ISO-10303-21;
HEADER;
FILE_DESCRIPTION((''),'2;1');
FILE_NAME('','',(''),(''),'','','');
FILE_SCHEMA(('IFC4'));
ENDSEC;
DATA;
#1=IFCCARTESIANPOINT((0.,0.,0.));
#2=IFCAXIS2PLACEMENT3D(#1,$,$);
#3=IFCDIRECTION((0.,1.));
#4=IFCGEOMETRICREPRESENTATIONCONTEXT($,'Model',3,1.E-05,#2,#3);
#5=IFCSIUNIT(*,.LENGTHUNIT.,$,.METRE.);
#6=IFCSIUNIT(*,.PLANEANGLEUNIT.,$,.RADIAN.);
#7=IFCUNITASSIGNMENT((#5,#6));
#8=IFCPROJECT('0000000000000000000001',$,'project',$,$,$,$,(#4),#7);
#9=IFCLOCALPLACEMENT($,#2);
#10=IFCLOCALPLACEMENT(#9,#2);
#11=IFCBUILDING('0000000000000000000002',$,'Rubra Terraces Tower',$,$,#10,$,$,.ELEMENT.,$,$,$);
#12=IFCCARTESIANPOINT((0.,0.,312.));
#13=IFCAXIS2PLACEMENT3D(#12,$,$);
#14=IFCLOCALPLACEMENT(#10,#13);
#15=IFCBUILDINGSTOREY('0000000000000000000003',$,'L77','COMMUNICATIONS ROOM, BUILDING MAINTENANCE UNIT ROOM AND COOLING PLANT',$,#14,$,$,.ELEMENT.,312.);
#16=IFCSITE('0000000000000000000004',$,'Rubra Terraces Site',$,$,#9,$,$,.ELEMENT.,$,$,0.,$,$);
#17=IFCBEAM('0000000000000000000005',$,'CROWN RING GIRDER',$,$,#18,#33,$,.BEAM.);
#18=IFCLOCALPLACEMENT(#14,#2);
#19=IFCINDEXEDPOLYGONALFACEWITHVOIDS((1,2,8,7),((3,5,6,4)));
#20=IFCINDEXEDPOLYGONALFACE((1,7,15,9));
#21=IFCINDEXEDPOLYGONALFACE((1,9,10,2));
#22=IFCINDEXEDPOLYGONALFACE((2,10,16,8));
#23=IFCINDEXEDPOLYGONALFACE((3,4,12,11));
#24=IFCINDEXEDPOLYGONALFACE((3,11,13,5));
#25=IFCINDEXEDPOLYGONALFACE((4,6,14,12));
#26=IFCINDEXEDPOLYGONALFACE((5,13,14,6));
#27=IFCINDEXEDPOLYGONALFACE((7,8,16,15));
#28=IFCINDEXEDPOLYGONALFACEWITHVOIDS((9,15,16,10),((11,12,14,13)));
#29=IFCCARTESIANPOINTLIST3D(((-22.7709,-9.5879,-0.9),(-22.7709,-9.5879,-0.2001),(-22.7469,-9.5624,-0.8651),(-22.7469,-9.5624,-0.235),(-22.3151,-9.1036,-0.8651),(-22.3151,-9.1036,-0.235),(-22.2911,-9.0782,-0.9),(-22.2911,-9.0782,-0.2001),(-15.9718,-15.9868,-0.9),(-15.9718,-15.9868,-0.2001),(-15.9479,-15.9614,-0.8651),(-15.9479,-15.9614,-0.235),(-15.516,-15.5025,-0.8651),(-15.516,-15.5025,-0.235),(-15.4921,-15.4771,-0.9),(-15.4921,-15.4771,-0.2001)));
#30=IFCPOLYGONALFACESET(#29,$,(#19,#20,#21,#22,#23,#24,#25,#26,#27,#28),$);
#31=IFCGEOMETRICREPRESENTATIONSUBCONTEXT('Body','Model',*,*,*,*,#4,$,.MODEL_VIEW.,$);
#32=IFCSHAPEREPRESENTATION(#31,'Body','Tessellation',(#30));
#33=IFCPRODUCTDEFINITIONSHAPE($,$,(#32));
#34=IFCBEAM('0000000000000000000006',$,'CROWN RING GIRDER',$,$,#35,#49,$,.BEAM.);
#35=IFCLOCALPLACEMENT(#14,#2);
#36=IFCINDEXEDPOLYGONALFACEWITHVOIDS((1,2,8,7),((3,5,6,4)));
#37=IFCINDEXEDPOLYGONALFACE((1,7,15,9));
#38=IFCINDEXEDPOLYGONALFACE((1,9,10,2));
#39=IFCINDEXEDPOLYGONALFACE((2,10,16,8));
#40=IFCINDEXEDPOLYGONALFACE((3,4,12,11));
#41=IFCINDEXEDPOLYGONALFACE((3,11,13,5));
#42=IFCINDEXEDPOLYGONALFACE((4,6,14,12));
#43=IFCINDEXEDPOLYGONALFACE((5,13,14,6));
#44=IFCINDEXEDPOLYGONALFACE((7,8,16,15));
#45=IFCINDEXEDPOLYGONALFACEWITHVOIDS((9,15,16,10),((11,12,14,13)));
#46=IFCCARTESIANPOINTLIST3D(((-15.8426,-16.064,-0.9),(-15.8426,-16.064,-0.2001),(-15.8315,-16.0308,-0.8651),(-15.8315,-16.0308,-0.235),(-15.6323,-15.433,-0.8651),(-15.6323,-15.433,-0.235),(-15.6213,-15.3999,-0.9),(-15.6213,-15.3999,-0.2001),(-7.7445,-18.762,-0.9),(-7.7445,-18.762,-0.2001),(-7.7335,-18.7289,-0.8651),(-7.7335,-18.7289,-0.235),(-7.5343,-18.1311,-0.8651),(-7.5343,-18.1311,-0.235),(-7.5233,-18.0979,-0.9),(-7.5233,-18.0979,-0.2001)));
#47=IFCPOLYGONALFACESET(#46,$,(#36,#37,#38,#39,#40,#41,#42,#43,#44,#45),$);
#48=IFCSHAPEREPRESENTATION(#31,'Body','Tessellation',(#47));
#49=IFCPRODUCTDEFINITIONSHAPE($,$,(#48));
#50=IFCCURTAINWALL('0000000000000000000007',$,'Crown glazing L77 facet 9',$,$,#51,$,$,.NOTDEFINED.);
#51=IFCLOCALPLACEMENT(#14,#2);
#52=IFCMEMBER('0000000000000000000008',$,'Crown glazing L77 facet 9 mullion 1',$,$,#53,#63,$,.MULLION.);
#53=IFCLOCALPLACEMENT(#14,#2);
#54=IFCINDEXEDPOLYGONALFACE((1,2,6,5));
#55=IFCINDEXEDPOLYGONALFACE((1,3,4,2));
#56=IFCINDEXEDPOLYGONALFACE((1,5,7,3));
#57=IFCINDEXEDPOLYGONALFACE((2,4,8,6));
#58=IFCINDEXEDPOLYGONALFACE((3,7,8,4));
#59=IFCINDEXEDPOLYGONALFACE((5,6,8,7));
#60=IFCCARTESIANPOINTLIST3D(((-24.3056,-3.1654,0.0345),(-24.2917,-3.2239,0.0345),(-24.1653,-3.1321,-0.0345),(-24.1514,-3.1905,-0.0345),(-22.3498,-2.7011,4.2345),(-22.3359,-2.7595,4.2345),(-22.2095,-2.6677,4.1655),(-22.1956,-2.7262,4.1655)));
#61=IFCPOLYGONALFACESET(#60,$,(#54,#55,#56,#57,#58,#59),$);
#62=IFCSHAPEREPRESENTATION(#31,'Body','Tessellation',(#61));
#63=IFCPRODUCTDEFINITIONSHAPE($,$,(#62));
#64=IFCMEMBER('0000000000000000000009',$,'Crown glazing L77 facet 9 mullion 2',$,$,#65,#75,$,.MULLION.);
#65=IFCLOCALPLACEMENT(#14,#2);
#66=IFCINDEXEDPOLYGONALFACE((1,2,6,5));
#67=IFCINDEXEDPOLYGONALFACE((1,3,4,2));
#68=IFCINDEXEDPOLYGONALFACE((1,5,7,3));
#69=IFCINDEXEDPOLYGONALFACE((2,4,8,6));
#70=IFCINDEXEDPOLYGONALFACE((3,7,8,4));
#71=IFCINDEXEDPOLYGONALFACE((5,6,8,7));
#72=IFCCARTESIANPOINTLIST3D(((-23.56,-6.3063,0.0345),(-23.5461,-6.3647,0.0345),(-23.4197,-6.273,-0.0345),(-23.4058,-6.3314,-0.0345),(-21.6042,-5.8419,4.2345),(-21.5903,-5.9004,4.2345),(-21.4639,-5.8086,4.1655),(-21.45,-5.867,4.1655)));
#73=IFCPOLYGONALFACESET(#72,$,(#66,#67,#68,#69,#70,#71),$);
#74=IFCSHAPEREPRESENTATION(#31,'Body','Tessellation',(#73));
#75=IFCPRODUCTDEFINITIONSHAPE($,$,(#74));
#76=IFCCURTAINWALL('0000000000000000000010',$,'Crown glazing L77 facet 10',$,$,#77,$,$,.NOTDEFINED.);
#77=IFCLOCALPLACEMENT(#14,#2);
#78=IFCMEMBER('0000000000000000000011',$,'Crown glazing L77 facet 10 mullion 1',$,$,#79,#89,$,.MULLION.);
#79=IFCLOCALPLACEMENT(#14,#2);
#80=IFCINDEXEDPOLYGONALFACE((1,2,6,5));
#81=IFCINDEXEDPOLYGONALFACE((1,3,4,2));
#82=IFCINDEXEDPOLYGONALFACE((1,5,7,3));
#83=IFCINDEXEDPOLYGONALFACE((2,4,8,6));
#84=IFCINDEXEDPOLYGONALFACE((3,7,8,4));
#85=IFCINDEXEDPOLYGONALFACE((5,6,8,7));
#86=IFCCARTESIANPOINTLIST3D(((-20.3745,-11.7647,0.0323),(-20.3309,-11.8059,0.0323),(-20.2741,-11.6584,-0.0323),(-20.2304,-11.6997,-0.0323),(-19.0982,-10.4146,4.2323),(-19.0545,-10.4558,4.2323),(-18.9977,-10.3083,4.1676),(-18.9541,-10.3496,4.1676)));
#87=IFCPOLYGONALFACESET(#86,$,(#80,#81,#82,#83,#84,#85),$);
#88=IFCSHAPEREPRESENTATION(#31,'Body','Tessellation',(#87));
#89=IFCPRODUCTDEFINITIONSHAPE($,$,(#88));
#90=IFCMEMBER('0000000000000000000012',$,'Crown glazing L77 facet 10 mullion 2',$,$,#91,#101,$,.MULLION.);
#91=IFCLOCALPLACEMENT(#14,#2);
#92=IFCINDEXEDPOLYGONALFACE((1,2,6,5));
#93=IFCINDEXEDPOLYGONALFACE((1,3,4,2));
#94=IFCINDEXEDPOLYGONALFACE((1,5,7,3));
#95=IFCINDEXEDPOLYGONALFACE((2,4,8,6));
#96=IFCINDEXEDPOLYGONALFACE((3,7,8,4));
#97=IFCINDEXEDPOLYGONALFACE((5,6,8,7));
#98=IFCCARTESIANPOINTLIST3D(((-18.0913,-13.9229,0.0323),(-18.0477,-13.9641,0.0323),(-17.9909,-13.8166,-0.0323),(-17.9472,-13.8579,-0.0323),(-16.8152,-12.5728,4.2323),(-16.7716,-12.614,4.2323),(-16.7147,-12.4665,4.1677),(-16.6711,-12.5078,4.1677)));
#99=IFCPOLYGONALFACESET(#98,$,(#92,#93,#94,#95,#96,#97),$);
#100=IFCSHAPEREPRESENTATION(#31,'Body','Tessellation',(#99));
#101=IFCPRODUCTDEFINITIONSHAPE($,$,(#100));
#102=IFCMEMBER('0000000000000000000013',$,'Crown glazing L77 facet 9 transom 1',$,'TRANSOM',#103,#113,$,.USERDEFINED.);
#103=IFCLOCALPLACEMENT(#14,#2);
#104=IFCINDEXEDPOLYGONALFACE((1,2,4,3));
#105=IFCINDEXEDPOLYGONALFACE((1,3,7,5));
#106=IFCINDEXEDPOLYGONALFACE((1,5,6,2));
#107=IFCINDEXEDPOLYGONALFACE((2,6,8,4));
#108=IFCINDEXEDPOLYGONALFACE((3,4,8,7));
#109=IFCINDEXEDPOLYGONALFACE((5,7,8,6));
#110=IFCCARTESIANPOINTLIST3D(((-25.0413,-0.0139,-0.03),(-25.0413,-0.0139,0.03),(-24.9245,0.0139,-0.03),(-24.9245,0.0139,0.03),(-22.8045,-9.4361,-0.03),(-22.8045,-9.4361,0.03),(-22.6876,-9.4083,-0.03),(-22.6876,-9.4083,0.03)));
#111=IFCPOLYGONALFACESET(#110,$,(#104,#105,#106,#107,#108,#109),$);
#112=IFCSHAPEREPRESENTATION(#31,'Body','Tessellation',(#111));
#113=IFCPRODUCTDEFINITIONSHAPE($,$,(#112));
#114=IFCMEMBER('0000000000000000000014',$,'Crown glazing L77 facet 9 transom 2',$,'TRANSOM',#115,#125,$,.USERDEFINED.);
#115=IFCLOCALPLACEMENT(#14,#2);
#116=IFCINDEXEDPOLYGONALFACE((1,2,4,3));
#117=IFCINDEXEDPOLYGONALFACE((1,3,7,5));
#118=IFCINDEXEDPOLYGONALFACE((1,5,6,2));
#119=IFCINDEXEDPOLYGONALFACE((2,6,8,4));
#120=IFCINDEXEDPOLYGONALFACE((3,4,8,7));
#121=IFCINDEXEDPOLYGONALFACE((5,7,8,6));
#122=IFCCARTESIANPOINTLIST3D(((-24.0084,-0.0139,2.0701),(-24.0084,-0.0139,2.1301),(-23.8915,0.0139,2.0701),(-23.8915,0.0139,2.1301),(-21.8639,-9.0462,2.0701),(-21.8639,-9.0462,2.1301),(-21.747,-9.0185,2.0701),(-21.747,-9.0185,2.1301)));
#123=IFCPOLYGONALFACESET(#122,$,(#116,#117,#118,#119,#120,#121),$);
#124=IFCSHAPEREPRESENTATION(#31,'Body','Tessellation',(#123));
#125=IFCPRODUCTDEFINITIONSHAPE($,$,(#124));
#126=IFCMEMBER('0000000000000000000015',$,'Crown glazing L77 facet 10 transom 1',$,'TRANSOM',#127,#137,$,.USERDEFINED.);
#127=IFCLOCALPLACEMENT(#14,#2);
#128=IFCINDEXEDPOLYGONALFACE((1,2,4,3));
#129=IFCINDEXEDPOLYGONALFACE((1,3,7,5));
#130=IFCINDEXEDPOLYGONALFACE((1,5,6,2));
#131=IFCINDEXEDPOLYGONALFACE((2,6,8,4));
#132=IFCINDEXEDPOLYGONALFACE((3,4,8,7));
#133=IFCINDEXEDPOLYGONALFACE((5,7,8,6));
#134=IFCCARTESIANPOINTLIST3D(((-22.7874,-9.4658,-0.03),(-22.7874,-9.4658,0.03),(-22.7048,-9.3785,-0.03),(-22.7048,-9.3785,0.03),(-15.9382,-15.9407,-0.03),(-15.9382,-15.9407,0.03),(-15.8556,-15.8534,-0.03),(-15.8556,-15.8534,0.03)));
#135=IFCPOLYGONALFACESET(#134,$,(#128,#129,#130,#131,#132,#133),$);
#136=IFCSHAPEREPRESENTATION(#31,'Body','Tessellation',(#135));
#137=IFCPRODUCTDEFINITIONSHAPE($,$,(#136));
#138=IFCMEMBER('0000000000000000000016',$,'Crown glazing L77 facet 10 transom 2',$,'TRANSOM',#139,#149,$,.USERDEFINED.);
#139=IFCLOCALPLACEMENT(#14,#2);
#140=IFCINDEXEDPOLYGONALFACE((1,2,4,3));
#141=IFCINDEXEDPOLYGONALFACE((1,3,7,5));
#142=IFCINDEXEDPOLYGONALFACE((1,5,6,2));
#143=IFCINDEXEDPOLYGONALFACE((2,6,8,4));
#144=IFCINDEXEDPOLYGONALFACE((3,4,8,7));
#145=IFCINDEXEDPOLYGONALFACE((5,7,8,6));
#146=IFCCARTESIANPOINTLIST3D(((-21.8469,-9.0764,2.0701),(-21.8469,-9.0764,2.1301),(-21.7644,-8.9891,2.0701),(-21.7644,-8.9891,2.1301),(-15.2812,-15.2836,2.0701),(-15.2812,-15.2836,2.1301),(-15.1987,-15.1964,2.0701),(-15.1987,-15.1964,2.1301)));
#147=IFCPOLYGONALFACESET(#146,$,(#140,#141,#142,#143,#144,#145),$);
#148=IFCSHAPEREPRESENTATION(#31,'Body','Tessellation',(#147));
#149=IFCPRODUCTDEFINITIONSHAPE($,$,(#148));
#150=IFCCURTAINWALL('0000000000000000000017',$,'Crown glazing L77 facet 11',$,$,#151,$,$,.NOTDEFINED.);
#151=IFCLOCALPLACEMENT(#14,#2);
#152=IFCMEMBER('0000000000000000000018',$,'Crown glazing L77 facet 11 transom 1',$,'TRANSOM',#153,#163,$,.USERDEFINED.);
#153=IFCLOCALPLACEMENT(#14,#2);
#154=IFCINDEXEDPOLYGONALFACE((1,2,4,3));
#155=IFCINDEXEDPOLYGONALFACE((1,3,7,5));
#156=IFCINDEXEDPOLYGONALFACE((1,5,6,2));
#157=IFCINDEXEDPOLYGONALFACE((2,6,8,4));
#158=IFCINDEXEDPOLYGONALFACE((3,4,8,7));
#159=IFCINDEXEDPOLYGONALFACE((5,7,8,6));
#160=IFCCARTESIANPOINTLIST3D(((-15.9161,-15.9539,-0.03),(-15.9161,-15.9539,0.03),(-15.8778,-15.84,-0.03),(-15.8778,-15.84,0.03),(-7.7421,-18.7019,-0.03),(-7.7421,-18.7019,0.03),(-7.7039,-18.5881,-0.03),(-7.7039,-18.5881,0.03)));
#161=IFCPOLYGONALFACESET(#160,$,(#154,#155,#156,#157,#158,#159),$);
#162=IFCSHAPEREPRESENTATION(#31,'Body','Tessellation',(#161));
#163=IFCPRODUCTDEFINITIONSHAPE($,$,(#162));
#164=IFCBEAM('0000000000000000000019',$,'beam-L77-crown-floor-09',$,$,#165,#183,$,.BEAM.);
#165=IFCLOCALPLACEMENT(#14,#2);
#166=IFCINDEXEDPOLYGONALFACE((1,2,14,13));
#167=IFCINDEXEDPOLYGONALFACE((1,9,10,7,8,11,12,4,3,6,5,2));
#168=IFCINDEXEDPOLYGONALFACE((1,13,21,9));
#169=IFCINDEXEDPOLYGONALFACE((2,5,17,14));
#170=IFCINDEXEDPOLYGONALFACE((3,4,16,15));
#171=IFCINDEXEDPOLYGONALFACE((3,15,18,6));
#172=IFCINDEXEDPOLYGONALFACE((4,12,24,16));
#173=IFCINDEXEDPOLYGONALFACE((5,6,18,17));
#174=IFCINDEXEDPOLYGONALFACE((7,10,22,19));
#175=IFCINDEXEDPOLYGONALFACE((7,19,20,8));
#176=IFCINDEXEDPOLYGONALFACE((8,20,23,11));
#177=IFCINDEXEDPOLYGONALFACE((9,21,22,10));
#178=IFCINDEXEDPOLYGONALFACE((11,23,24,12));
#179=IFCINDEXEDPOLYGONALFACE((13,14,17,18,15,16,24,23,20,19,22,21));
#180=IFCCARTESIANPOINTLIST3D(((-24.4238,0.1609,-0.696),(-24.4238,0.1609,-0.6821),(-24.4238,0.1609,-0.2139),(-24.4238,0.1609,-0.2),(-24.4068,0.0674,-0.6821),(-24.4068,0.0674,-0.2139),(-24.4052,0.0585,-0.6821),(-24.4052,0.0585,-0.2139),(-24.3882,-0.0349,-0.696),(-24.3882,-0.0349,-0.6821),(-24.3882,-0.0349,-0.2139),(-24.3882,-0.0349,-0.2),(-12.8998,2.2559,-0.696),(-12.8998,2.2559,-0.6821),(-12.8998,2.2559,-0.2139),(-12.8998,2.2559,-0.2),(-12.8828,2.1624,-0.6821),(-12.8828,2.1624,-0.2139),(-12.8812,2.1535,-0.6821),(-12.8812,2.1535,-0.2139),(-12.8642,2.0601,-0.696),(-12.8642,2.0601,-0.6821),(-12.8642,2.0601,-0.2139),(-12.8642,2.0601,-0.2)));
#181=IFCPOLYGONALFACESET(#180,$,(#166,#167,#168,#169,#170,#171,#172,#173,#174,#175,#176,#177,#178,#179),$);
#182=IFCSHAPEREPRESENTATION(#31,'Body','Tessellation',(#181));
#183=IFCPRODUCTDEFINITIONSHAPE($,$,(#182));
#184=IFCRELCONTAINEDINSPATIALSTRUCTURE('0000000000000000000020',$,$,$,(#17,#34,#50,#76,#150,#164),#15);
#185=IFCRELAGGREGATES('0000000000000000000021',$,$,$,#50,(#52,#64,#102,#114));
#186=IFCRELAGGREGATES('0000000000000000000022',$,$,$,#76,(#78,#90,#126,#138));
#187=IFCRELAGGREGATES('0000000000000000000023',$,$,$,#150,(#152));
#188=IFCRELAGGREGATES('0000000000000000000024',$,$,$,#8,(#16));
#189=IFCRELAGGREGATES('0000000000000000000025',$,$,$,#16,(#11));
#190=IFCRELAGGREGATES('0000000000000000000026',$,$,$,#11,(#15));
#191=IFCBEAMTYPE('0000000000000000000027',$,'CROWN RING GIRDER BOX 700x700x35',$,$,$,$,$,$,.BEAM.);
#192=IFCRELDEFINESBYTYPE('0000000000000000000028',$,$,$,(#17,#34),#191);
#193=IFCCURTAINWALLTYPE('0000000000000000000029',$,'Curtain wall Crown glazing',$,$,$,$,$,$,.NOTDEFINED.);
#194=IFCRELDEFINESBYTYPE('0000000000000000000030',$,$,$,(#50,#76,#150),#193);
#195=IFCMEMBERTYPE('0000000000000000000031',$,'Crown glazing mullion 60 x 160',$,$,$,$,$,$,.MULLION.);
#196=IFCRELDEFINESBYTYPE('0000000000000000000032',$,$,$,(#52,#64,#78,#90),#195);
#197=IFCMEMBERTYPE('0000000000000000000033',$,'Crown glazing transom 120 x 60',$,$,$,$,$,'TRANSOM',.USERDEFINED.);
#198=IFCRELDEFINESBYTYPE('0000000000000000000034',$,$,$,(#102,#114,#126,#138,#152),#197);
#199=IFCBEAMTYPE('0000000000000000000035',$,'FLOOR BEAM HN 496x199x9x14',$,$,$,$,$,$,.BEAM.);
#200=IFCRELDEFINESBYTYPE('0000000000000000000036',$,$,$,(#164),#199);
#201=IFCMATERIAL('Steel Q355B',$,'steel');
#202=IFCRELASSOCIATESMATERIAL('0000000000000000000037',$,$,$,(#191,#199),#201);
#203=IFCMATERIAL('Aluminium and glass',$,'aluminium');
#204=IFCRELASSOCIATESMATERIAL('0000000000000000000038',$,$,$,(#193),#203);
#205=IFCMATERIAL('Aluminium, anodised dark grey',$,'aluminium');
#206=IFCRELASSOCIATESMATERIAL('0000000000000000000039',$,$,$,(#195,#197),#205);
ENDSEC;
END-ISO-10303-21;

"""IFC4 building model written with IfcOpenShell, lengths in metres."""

from ifc_helpers import new_model, si_unit, direction, frame, origin, origin_2d, place, context, subcontext, project, spatial, rectangle, hollow_rectangle, i_section, extrude, material, material_profile, profile_set, type_object, element, aggregate, save


model = new_model("IFC4")

# Units and contexts
model_context = context("Model", 3, precision=1e-05, world=origin(), true_north=direction((0.0, 1.0)))
body_context = subcontext(model_context, "Body", "Model", "MODEL_VIEW")
ifc_project = project(units=[si_unit("LENGTHUNIT", "METRE"), si_unit("PLANEANGLEUNIT", "RADIAN")], contexts=[model_context])

# Site, building, storey
site_placement = place(None, origin())
site = spatial("IfcSite", under=ifc_project, at=site_placement, Name="Rubra Terraces Site", CompositionType="ELEMENT", RefElevation=0.0)
building_placement = place(site_placement, origin())
building = spatial("IfcBuilding", under=site, at=building_placement, Name="Rubra Terraces Tower", CompositionType="ELEMENT")
storey_placement = place(building_placement, frame((0.0, 0.0, 312.0)))
storey = spatial("IfcBuildingStorey", under=building, at=storey_placement, Name="L77", Description="COMMUNICATIONS ROOM, BUILDING MAINTENANCE UNIT ROOM AND COOLING PLANT", CompositionType="ELEMENT", Elevation=312.0)

# Shared definitions
ifc_material_1 = material(Name="Steel Q355B", Category="steel")

# Beams
ifc_material_profile_1 = material_profile(ifc_material_1, hollow_rectangle(XDim=0.7, YDim=0.7, WallThickness=0.0349, at=origin_2d()), Name="BOX 700x700x35")
ifc_profile_set_1 = profile_set([ifc_material_profile_1], Name="Steel Q355B")
beam_type_1 = type_object("IfcBeamType", Name="CROWN RING GIRDER BOX 700x700x35", PredefinedType="BEAM", material=ifc_profile_set_1)
beam_1_placement = place(storey_placement, frame((-22.531, -9.333, -0.55), z_axis=(0.728211, -0.685353, 0.0), x_axis=(0.685353, 0.728211, 0.0)))
element("IfcBeam", 1, at=beam_1_placement, inside=storey, type_object=beam_type_1, Name="CROWN RING GIRDER", PredefinedType="BEAM", context=body_context, shape_type="SweptSolid", body=[
    extrude(hollow_rectangle(XDim=0.7, YDim=0.7, WallThickness=0.0349, at=origin_2d()), origin(), (0.0, 0.0, 1.0), 9.3367),
])
beam_2_placement = place(storey_placement, frame((-15.7319, -15.7319, -0.55), z_axis=(0.948729, -0.31609, 0.0), x_axis=(0.31609, 0.948729, 0.0)))
element("IfcBeam", 2, at=beam_2_placement, inside=storey, type_object=beam_type_1, Name="CROWN RING GIRDER", PredefinedType="BEAM", context=body_context, shape_type="SweptSolid", body=[
    extrude(hollow_rectangle(XDim=0.7, YDim=0.7, WallThickness=0.0349, at=origin_2d()), origin(), (0.0, 0.0, 1.0), 8.5356),
])

# Curtain walls, members
ifc_material_2 = material(Name="Aluminium and glass", Category="aluminium")
curtain_wall_type = type_object("IfcCurtainWallType", Name="Curtain wall Crown glazing", PredefinedType="NOTDEFINED", material=ifc_material_2)
curtain_wall_1_placement = place(storey_placement, origin())
curtain_wall_1 = element("IfcCurtainWall", 3, at=curtain_wall_1_placement, inside=storey, type_object=curtain_wall_type, Name="Crown glazing L77 facet 9", PredefinedType="NOTDEFINED")
ifc_material_3 = material(Name="Aluminium, anodised dark grey", Category="aluminium")
ifc_material_profile_2 = material_profile(ifc_material_3, rectangle(XDim=0.0601, YDim=0.1599, at=origin_2d()), Name="AL 60x160")
ifc_profile_set_2 = profile_set([ifc_material_profile_2], Name="Aluminium, anodised dark grey")
member_type_1 = type_object("IfcMemberType", Name="Crown glazing mullion 60 x 160", PredefinedType="MULLION", material=ifc_profile_set_2)
member_1_placement = place(storey_placement, frame((-24.2285, -3.178, 0.0), z_axis=(0.420042, 0.099728, 0.902008), x_axis=(-0.231002, 0.972953, 0.0)))
member_1 = element("IfcMember", 4, at=member_1_placement, type_object=member_type_1, Name="Crown glazing L77 facet 9 mullion 1", PredefinedType="MULLION", context=body_context, shape_type="SweptSolid", body=[
    extrude(rectangle(XDim=0.0601, YDim=0.1599, at=origin_2d()), origin(), (0.0, 0.0, 1.0), 4.6562),
])
member_2_placement = place(storey_placement, frame((-23.4829, -6.3188, 0.0), z_axis=(0.420042, 0.099728, 0.902008), x_axis=(-0.231002, 0.972953, 0.0)))
member_2 = element("IfcMember", 5, at=member_2_placement, type_object=member_type_1, Name="Crown glazing L77 facet 9 mullion 2", PredefinedType="MULLION", context=body_context, shape_type="SweptSolid", body=[
    extrude(rectangle(XDim=0.0601, YDim=0.1599, at=origin_2d()), origin(), (0.0, 0.0, 1.0), 4.6562),
])
curtain_wall_2_placement = place(storey_placement, origin())
curtain_wall_2 = element("IfcCurtainWall", 6, at=curtain_wall_2_placement, inside=storey, type_object=curtain_wall_type, Name="Crown glazing L77 facet 10", PredefinedType="NOTDEFINED")
member_3_placement = place(storey_placement, frame((-20.3025, -11.7322, 0.0), z_axis=(0.277922, 0.293976, 0.914515), x_axis=(-0.726671, 0.686986, 0.0)))
member_3 = element("IfcMember", 7, at=member_3_placement, type_object=member_type_1, Name="Crown glazing L77 facet 10 mullion 1", PredefinedType="MULLION", context=body_context, shape_type="SweptSolid", body=[
    extrude(rectangle(XDim=0.0601, YDim=0.1599, at=origin_2d()), origin(), (0.0, 0.0, 1.0), 4.5925),
])
member_4_placement = place(storey_placement, frame((-18.0193, -13.8904, 0.0), z_axis=(0.277873, 0.29398, 0.914529), x_axis=(-0.726736, 0.686917, 0.0)))
member_4 = element("IfcMember", 8, at=member_4_placement, type_object=member_type_1, Name="Crown glazing L77 facet 10 mullion 2", PredefinedType="MULLION", context=body_context, shape_type="SweptSolid", body=[
    extrude(rectangle(XDim=0.0601, YDim=0.1599, at=origin_2d()), origin(), (0.0, 0.0, 1.0), 4.5925),
])

# Members
ifc_material_profile_3 = material_profile(ifc_material_3, rectangle(XDim=0.1201, YDim=0.0601, at=origin_2d()), Name="AL 120x60")
ifc_profile_set_3 = profile_set([ifc_material_profile_3], Name="Aluminium, anodised dark grey")
member_type_2 = type_object("IfcMemberType", Name="Crown glazing transom 120 x 60", ElementType="TRANSOM", PredefinedType="USERDEFINED", material=ifc_profile_set_3)
member_5_placement = place(storey_placement, frame((-24.9829, 0.0, 0.0), z_axis=(0.230981, -0.972958, 0.0), x_axis=(0.972958, 0.230981, 0.0)))
member_5 = element("IfcMember", 9, at=member_5_placement, type_object=member_type_2, Name="Crown glazing L77 facet 9 transom 1", ObjectType="TRANSOM", PredefinedType="USERDEFINED", context=body_context, shape_type="SweptSolid", body=[
    extrude(rectangle(XDim=0.1201, YDim=0.0601, at=origin_2d()), origin(), (0.0, 0.0, 1.0), 9.6841),
])
member_6_placement = place(storey_placement, frame((-23.95, 0.0, 2.1001), z_axis=(0.231003, -0.972953, 0.0), x_axis=(0.972953, 0.231003, 0.0)))
member_6 = element("IfcMember", 10, at=member_6_placement, type_object=member_type_2, Name="Crown glazing L77 facet 9 transom 2", ObjectType="TRANSOM", PredefinedType="USERDEFINED", context=body_context, shape_type="SweptSolid", body=[
    extrude(rectangle(XDim=0.1201, YDim=0.0601, at=origin_2d()), origin(), (0.0, 0.0, 1.0), 9.2834),
])
member_7_placement = place(storey_placement, frame((-22.7461, -9.4221, 0.0), z_axis=(0.726683, -0.686973, 0.0), x_axis=(0.686973, 0.726683, 0.0)))
member_7 = element("IfcMember", 11, at=member_7_placement, type_object=member_type_2, Name="Crown glazing L77 facet 10 transom 1", ObjectType="TRANSOM", PredefinedType="USERDEFINED", context=body_context, shape_type="SweptSolid", body=[
    extrude(rectangle(XDim=0.1201, YDim=0.0601, at=origin_2d()), origin(), (0.0, 0.0, 1.0), 9.4253),
])
member_8_placement = place(storey_placement, frame((-21.8057, -9.0327, 2.1001), z_axis=(0.726662, -0.686996, 0.0), x_axis=(0.686996, 0.726662, 0.0)))
member_8 = element("IfcMember", 12, at=member_8_placement, type_object=member_type_2, Name="Crown glazing L77 facet 10 transom 2", ObjectType="TRANSOM", PredefinedType="USERDEFINED", context=body_context, shape_type="SweptSolid", body=[
    extrude(rectangle(XDim=0.1201, YDim=0.0601, at=origin_2d()), origin(), (0.0, 0.0, 1.0), 9.0354),
])

# Curtain wall, member
curtain_wall_3_placement = place(storey_placement, origin())
curtain_wall_3 = element("IfcCurtainWall", 13, at=curtain_wall_3_placement, inside=storey, type_object=curtain_wall_type, Name="Crown glazing L77 facet 11", PredefinedType="NOTDEFINED")
member_9_placement = place(storey_placement, frame((-15.897, -15.897, 0.0), z_axis=(0.947868, -0.318664, 0.0), x_axis=(0.318664, 0.947868, 0.0)))
member_9 = element("IfcMember", 14, at=member_9_placement, type_object=member_type_2, Name="Crown glazing L77 facet 11 transom 1", ObjectType="TRANSOM", PredefinedType="USERDEFINED", context=body_context, shape_type="SweptSolid", body=[
    extrude(rectangle(XDim=0.1201, YDim=0.0601, at=origin_2d()), origin(), (0.0, 0.0, 1.0), 8.6235),
])

# Beam
ifc_material_profile_4 = material_profile(ifc_material_1, i_section(OverallWidth=0.199, OverallDepth=0.4961, WebThickness=0.009, FlangeThickness=0.0139, at=origin_2d()), Name="HN 496x199x9x14")
ifc_profile_set_4 = profile_set([ifc_material_profile_4], Name="Steel Q355B")
beam_type_2 = type_object("IfcBeamType", Name="FLOOR BEAM HN 496x199x9x14", PredefinedType="BEAM", material=ifc_profile_set_4)
beam_3_placement = place(storey_placement, frame((-24.406, 0.063, -0.448), z_axis=(0.983874, 0.178862, 0.0), x_axis=(-0.178862, 0.983874, 0.0)))
element("IfcBeam", 15, at=beam_3_placement, inside=storey, type_object=beam_type_2, Name="beam-L77-crown-floor-09", PredefinedType="BEAM", context=body_context, shape_type="SweptSolid", body=[
    extrude(i_section(OverallWidth=0.199, OverallDepth=0.4961, WebThickness=0.009, FlangeThickness=0.0139, at=origin_2d()), origin(), (0.0, 0.0, 1.0), 11.7129),
])

aggregate(curtain_wall_1, [member_1, member_2, member_5, member_6])
aggregate(curtain_wall_2, [member_3, member_4, member_7, member_8])
aggregate(curtain_wall_3, [member_9])

save(model, "model.ifc")
